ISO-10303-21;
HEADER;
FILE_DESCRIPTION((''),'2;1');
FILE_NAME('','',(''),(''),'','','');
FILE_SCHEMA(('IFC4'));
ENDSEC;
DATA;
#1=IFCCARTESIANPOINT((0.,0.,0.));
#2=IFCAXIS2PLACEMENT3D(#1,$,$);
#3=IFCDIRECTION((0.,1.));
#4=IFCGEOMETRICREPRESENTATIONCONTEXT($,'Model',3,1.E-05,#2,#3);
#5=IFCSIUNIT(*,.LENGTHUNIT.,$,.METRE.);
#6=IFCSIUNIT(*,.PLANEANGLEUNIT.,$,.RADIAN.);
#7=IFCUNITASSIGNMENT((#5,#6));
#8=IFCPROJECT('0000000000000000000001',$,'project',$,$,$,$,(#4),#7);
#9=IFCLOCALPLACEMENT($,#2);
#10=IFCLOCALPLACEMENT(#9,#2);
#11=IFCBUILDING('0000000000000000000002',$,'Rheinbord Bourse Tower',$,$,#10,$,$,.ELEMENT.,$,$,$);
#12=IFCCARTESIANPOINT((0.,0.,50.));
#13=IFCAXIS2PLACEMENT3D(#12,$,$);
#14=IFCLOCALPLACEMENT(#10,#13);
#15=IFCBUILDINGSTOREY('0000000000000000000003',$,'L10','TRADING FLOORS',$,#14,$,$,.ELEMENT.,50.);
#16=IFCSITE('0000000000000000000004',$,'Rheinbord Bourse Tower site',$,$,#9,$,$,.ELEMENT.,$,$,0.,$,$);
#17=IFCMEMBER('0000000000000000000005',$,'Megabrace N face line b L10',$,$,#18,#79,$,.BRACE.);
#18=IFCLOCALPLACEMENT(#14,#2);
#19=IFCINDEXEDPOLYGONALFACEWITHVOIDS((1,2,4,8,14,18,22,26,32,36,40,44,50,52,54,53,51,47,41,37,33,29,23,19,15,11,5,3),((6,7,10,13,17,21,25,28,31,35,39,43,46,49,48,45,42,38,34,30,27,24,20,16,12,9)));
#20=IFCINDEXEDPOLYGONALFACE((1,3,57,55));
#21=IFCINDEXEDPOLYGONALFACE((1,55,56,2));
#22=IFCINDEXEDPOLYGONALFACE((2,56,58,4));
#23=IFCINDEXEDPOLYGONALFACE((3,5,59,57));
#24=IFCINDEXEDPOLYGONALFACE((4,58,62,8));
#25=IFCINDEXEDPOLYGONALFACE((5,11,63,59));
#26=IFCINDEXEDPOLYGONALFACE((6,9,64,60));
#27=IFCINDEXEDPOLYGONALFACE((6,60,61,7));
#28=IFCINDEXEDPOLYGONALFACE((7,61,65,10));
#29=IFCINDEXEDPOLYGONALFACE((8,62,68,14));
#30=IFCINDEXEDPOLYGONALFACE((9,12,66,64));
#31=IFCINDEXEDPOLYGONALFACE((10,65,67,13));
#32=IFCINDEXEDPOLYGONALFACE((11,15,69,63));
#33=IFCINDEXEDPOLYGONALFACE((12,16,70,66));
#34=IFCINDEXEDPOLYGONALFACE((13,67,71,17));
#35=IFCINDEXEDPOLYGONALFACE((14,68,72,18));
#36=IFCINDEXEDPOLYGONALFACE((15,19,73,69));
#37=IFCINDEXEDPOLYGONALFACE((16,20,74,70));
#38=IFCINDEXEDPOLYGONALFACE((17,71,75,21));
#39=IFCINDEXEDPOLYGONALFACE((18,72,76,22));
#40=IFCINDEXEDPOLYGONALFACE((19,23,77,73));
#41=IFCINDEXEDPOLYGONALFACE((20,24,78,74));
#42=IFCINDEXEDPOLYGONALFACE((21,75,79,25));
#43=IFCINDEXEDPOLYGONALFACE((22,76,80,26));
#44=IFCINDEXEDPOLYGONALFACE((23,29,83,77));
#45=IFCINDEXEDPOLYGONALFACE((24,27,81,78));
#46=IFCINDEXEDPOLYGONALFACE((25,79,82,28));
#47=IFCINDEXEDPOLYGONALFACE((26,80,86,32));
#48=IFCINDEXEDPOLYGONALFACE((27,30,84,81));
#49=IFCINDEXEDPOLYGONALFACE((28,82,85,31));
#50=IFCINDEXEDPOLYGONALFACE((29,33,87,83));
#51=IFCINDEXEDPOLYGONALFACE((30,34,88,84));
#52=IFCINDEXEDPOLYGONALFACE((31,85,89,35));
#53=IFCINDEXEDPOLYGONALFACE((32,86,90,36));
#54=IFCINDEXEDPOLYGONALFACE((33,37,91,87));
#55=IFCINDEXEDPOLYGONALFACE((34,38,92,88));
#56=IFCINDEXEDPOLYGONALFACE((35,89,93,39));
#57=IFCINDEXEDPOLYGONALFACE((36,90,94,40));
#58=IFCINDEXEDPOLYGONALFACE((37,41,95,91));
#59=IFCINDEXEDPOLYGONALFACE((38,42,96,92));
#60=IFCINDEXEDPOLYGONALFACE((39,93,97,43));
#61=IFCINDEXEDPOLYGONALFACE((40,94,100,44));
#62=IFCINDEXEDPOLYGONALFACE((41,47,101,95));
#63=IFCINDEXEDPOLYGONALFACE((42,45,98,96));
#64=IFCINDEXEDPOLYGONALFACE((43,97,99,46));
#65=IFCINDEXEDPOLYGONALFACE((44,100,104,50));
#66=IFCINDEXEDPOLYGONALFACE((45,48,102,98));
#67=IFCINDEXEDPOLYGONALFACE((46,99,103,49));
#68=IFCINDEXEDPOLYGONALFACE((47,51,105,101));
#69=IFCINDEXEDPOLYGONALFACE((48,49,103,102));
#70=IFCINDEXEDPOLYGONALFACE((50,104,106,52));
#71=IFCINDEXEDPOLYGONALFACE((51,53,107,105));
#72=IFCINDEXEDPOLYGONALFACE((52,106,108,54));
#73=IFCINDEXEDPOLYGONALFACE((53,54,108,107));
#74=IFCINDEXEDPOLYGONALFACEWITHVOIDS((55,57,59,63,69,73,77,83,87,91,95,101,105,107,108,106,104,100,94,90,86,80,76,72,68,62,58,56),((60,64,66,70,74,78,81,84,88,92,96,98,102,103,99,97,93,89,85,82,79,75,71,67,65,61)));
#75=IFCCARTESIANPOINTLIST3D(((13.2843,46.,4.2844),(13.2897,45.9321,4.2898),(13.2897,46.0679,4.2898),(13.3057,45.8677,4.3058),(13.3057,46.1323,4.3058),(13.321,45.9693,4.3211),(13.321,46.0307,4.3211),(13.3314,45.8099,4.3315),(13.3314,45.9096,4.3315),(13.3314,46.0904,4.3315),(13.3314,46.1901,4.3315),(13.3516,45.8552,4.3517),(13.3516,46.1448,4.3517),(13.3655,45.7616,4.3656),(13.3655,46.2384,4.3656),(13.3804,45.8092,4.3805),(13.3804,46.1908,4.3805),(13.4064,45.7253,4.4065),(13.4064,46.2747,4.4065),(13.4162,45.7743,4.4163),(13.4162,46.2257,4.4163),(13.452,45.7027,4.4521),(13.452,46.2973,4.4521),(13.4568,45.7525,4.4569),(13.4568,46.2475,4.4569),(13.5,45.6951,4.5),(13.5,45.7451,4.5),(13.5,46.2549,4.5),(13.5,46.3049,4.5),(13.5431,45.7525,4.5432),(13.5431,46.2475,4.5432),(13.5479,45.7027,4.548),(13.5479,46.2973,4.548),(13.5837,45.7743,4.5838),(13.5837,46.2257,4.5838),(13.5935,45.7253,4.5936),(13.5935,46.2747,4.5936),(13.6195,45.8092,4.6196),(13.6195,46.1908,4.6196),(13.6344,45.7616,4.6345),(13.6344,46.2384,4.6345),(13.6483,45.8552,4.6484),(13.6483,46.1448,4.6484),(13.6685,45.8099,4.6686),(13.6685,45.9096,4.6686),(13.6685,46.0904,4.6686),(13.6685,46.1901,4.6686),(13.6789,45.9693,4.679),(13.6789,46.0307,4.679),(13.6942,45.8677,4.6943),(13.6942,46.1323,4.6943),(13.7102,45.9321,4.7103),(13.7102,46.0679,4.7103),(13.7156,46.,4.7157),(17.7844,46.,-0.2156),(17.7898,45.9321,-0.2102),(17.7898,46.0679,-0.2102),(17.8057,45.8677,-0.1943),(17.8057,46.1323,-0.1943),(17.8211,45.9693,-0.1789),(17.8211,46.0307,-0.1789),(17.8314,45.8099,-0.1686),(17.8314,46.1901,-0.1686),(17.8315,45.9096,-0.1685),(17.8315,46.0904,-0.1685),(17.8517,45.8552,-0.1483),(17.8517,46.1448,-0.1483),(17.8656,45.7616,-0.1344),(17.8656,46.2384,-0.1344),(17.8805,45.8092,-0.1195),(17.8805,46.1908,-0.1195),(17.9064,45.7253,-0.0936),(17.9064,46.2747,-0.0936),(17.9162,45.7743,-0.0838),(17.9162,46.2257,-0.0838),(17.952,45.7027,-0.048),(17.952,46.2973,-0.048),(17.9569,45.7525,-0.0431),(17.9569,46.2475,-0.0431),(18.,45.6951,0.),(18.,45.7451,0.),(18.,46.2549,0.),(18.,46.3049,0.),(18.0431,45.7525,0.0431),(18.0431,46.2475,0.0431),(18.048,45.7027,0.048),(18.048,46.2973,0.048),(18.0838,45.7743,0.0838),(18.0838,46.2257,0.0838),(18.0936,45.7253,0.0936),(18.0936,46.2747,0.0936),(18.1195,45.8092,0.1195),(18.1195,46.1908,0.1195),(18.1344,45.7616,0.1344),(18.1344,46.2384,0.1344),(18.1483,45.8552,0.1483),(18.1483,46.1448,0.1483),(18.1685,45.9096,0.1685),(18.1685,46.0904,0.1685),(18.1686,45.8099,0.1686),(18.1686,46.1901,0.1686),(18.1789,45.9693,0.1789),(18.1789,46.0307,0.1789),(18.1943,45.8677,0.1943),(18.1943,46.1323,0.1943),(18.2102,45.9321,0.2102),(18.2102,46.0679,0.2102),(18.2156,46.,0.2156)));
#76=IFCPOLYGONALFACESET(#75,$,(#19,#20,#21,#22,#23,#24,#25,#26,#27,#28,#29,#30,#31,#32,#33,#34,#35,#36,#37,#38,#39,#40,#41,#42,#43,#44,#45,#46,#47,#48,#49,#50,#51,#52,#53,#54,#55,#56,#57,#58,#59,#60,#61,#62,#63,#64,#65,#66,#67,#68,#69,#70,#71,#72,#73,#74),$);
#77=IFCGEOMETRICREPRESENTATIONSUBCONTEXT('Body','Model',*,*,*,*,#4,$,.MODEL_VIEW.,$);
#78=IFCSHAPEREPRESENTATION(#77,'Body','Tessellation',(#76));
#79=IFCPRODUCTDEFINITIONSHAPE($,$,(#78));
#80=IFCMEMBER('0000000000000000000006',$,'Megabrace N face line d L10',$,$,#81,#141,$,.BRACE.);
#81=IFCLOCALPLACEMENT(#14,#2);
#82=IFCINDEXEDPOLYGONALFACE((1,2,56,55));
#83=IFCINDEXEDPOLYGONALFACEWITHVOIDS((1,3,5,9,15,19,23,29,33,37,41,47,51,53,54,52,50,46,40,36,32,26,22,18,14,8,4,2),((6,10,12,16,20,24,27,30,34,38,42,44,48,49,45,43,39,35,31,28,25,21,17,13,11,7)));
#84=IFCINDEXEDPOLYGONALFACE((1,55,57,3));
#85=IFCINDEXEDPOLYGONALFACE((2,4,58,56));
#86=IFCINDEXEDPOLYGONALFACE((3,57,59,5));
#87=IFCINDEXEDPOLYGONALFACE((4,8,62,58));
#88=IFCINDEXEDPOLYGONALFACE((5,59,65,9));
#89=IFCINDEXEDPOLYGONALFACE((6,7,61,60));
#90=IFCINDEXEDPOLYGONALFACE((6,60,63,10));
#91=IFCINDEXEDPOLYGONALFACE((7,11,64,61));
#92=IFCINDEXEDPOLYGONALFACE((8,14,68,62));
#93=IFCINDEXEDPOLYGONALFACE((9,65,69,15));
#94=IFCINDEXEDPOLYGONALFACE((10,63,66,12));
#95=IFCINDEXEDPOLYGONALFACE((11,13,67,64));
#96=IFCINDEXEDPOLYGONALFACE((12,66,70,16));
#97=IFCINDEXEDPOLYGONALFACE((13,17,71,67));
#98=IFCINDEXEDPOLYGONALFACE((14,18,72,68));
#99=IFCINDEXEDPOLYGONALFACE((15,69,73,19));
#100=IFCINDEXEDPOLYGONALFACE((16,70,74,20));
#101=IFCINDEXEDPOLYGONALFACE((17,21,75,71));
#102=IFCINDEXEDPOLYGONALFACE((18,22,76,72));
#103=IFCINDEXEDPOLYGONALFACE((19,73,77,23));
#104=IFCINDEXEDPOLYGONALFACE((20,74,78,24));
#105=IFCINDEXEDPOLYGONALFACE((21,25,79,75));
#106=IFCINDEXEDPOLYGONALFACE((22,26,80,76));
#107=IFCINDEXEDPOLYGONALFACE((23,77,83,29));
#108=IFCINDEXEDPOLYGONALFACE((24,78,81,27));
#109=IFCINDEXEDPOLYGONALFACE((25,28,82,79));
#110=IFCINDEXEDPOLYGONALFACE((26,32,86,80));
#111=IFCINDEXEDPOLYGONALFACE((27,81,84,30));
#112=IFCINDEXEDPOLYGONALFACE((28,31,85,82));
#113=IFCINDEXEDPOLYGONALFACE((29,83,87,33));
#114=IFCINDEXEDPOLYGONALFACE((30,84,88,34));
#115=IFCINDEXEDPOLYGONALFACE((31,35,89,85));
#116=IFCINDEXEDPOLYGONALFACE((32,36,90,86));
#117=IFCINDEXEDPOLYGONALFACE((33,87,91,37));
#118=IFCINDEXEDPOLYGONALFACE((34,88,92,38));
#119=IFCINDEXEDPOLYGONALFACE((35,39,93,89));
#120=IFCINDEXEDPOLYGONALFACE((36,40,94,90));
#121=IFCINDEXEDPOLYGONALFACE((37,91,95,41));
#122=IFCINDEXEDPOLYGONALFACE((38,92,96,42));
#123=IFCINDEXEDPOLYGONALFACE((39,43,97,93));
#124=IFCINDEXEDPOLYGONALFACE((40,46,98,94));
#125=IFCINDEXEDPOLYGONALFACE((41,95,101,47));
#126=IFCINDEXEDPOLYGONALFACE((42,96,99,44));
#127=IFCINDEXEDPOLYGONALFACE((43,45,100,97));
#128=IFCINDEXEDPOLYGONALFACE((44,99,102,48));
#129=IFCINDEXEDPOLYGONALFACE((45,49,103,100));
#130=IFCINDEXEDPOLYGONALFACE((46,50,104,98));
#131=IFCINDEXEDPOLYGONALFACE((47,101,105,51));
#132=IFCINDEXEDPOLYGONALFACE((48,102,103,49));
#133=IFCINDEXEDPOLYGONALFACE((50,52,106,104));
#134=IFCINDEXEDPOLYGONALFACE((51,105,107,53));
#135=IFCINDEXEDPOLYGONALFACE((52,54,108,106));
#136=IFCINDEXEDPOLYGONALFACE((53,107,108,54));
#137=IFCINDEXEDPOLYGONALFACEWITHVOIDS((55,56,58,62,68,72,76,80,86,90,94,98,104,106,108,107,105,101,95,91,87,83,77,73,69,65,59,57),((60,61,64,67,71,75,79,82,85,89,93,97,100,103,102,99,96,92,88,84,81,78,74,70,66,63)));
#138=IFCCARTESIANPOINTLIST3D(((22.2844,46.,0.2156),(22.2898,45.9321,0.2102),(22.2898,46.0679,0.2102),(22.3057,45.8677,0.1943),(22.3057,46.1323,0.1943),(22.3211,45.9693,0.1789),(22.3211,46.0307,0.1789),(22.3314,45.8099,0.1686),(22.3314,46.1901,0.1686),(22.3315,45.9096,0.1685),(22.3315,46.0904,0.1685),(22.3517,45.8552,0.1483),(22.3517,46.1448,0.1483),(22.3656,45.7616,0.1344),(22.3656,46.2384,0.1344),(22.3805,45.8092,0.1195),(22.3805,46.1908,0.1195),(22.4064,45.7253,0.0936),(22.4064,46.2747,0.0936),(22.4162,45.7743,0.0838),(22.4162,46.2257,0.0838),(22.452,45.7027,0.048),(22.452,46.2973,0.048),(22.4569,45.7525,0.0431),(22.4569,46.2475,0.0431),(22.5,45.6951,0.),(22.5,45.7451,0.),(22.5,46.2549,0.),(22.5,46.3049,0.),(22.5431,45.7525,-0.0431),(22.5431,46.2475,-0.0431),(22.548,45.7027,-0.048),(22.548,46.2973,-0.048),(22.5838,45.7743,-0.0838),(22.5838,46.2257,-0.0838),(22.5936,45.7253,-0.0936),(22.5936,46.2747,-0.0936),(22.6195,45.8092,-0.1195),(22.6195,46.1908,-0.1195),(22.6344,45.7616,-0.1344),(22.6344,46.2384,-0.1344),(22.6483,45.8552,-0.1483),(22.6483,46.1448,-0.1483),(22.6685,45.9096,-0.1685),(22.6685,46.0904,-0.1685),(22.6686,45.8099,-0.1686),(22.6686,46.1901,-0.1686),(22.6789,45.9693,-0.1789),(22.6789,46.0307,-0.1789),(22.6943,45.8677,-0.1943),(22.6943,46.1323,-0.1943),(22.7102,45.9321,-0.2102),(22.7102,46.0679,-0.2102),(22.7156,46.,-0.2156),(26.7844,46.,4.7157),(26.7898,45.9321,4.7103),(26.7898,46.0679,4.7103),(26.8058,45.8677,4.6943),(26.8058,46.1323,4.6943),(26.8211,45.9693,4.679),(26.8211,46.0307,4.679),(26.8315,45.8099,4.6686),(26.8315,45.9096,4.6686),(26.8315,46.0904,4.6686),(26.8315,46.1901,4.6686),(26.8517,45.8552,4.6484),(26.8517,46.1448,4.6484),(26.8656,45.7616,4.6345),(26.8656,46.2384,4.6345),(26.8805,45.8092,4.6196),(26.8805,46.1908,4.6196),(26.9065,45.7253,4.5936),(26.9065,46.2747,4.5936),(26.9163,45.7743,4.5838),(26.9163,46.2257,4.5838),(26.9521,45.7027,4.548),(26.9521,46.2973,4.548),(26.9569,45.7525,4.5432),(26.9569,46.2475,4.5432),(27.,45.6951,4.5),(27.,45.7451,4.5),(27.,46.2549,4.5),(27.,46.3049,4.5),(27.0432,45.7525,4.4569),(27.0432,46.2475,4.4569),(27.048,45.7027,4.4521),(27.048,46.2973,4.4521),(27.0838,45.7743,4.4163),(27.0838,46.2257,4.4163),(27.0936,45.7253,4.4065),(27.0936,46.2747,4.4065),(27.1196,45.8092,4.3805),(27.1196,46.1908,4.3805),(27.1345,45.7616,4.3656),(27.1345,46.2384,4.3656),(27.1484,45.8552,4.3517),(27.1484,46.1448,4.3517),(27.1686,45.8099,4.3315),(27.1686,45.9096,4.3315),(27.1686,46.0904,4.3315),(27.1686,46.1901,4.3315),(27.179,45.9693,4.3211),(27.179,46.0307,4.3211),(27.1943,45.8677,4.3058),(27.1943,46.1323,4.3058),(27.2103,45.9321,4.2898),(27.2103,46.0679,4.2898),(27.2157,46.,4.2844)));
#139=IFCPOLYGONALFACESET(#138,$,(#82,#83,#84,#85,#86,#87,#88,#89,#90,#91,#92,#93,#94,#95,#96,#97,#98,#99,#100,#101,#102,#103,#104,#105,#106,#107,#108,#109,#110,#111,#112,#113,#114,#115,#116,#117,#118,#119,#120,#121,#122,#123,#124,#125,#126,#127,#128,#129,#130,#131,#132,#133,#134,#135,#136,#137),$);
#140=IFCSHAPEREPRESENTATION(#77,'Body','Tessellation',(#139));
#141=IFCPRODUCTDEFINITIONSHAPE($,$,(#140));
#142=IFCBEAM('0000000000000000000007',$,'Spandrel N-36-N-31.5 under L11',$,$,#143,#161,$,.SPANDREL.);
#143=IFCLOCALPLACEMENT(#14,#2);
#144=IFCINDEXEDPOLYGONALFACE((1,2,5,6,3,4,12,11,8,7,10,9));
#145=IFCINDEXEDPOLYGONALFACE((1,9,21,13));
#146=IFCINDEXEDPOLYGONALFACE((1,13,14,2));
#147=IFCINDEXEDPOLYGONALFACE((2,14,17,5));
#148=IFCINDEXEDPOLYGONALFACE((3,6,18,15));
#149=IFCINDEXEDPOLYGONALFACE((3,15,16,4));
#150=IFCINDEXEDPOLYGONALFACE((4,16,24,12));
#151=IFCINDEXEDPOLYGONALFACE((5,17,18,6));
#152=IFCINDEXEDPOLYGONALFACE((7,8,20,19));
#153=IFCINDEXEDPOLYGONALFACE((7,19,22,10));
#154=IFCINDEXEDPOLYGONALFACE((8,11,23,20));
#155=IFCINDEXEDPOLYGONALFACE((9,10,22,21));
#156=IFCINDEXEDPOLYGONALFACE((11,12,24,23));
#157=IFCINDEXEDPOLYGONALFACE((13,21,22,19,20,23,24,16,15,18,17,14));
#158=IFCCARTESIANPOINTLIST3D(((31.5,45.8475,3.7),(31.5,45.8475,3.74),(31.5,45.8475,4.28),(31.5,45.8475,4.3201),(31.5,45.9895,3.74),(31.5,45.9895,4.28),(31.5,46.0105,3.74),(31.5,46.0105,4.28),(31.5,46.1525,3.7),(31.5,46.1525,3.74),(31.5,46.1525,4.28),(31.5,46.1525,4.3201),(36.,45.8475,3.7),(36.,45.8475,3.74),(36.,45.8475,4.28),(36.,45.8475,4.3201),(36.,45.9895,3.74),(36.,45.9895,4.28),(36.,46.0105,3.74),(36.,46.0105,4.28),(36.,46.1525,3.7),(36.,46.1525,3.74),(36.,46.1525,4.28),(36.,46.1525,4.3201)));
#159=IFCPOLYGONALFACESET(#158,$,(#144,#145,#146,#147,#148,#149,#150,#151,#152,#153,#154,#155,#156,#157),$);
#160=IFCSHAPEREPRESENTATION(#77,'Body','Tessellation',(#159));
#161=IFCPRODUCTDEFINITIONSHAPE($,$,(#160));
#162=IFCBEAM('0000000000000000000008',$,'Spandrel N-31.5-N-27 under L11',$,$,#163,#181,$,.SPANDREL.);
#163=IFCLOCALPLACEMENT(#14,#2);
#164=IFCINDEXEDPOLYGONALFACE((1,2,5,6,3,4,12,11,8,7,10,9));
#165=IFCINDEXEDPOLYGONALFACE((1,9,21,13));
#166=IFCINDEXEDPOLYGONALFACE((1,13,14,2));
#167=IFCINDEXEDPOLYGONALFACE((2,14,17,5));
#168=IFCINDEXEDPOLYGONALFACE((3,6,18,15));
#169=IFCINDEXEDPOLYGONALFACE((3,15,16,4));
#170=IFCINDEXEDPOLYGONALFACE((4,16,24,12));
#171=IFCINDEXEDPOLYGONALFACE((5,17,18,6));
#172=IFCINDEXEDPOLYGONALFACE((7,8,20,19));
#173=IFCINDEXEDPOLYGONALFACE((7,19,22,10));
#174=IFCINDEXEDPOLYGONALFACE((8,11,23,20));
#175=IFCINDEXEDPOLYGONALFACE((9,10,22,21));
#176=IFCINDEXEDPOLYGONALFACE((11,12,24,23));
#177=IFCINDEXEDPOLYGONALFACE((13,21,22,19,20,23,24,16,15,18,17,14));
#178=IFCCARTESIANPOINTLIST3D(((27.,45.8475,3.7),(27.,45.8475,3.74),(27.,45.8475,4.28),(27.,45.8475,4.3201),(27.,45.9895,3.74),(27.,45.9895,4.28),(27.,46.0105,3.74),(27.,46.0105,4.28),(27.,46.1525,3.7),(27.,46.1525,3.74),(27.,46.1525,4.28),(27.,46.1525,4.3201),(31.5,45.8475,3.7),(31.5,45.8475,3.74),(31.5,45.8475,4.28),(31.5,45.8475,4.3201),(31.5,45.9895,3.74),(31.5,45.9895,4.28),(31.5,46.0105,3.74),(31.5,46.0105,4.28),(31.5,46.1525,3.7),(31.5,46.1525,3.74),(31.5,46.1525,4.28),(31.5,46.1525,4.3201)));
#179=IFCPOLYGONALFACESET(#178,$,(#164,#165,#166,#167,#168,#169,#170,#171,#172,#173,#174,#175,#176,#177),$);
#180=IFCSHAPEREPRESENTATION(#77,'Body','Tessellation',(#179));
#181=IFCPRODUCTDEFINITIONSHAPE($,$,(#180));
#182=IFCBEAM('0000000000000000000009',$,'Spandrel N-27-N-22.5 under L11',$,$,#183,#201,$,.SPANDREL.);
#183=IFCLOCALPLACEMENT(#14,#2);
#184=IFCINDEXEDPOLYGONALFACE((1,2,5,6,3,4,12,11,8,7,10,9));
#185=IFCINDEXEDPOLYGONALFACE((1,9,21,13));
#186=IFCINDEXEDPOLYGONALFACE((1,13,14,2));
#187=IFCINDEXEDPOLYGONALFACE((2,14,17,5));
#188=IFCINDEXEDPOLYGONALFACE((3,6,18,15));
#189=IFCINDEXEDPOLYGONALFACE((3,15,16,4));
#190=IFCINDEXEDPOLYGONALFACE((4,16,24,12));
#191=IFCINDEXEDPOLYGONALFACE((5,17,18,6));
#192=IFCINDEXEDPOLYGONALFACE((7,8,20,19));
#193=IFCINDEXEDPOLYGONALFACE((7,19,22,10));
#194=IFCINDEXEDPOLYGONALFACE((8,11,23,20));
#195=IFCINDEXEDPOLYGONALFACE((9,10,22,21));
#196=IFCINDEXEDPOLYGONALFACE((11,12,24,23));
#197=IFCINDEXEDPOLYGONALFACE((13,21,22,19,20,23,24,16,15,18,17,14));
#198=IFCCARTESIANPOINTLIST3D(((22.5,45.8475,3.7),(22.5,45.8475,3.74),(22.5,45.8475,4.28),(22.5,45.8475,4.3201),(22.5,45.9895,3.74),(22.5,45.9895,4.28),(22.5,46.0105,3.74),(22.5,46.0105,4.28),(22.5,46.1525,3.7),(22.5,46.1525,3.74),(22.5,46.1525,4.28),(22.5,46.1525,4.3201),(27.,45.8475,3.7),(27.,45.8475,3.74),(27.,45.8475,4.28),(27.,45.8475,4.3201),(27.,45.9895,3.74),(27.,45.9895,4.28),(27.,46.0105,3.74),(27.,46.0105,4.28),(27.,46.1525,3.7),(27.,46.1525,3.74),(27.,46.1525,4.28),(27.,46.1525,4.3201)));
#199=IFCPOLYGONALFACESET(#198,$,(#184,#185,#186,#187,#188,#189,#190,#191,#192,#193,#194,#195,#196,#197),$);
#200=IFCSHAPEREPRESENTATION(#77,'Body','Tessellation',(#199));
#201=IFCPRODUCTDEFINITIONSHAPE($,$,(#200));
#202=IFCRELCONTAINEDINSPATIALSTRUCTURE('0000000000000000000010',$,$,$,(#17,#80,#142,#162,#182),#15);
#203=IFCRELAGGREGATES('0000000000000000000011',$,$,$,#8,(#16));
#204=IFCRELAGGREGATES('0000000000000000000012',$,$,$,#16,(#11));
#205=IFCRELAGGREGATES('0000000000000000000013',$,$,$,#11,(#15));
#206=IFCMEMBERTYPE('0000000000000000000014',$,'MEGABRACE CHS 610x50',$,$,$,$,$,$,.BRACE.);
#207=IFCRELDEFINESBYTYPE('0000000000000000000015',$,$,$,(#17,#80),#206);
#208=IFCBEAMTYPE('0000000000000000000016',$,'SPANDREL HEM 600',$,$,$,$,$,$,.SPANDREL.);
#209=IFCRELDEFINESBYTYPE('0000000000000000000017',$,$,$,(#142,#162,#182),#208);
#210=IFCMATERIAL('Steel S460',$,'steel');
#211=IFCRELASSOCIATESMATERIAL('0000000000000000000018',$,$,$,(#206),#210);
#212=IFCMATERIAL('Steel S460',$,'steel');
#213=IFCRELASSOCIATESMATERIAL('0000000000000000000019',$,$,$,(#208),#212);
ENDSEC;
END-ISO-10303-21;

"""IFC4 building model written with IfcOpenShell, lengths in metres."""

from ifc_helpers import new_model, si_unit, direction, frame, origin, origin_2d, place, context, subcontext, project, spatial, hollow_circle, i_section, extrude, material, material_profile, profile_set, type_object, element, save


model = new_model("IFC4")

# Units and contexts
model_context = context("Model", 3, precision=1e-05, world=origin(), true_north=direction((0.0, 1.0)))
body_context = subcontext(model_context, "Body", "Model", "MODEL_VIEW")
ifc_project = project(units=[si_unit("LENGTHUNIT", "METRE"), si_unit("PLANEANGLEUNIT", "RADIAN")], contexts=[model_context])

# Site, building, storey
site_placement = place(None, origin())
site = spatial("IfcSite", under=ifc_project, at=site_placement, Name="Rheinbord Bourse Tower site", CompositionType="ELEMENT", RefElevation=0.0)
building_placement = place(site_placement, origin())
building = spatial("IfcBuilding", under=site, at=building_placement, Name="Rheinbord Bourse Tower", CompositionType="ELEMENT")
storey_placement = place(building_placement, frame((0.0, 0.0, 50.0)))
storey = spatial("IfcBuildingStorey", under=building, at=storey_placement, Name="L10", Description="TRADING FLOORS", CompositionType="ELEMENT", Elevation=50.0)

# Members
ifc_material_1 = material(Name="Steel S460", Category="steel")
ifc_material_profile_1 = material_profile(ifc_material_1, hollow_circle(Radius=0.3049, WallThickness=0.05, at=origin_2d()), Name="CHS 610x50")
ifc_profile_set_1 = profile_set([ifc_material_profile_1], Name="Steel S460")
member_type_1 = type_object("IfcMemberType", Name="MEGABRACE CHS 610x50", PredefinedType="BRACE", material=ifc_profile_set_1)
for number, where, z_axis, x_axis, name in (
    (1, (18.0, 46.0, 0.0), (-0.707107, 0.0, 0.707107), (0.0, -1.0, 0.0), "Megabrace N face line b L10"),
    (2, (22.5, 46.0, 0.0), (0.707107, 0.0, 0.707107), (0.0, 1.0, 0.0), "Megabrace N face line d L10"),
):
    element("IfcMember", number, at=place(storey_placement, frame(where, z_axis=z_axis, x_axis=x_axis)), inside=storey, type_object=member_type_1, Name=name, PredefinedType="BRACE", context=body_context, shape_type="SweptSolid", body=[
        extrude(hollow_circle(Radius=0.3049, WallThickness=0.05, at=origin_2d()), origin(), (0.0, 0.0, 1.0), 6.364),
    ])

# Beams
ifc_material_2 = material(Name="Steel S460", Category="steel")
ifc_material_profile_2 = material_profile(ifc_material_2, i_section(OverallWidth=0.3049, OverallDepth=0.6201, WebThickness=0.021, FlangeThickness=0.04, at=origin_2d()), Name="HEM 600")
ifc_profile_set_2 = profile_set([ifc_material_profile_2], Name="Steel S460")
beam_type_1 = type_object("IfcBeamType", Name="SPANDREL HEM 600", PredefinedType="SPANDREL", material=ifc_profile_set_2)
for number, where, z_axis, x_axis, name in (
    (3, (36.0, 46.0, 4.01), (-1.0, 0.0, 0.0), (0.0, -1.0, 0.0), "Spandrel N-36-N-31.5 under L11"),
    (4, (31.5, 46.0, 4.01), (-1.0, 0.0, 0.0), (0.0, -1.0, 0.0), "Spandrel N-31.5-N-27 under L11"),
    (5, (27.0, 46.0, 4.01), (-1.0, 0.0, 0.0), (0.0, -1.0, 0.0), "Spandrel N-27-N-22.5 under L11"),
):
    element("IfcBeam", number, at=place(storey_placement, frame(where, z_axis=z_axis, x_axis=x_axis)), inside=storey, type_object=beam_type_1, Name=name, PredefinedType="SPANDREL", context=body_context, shape_type="SweptSolid", body=[
        extrude(i_section(OverallWidth=0.3049, OverallDepth=0.6201, WebThickness=0.021, FlangeThickness=0.04, at=origin_2d()), origin(), (0.0, 0.0, 1.0), 4.5),
    ])

save(model, "model.ifc")
